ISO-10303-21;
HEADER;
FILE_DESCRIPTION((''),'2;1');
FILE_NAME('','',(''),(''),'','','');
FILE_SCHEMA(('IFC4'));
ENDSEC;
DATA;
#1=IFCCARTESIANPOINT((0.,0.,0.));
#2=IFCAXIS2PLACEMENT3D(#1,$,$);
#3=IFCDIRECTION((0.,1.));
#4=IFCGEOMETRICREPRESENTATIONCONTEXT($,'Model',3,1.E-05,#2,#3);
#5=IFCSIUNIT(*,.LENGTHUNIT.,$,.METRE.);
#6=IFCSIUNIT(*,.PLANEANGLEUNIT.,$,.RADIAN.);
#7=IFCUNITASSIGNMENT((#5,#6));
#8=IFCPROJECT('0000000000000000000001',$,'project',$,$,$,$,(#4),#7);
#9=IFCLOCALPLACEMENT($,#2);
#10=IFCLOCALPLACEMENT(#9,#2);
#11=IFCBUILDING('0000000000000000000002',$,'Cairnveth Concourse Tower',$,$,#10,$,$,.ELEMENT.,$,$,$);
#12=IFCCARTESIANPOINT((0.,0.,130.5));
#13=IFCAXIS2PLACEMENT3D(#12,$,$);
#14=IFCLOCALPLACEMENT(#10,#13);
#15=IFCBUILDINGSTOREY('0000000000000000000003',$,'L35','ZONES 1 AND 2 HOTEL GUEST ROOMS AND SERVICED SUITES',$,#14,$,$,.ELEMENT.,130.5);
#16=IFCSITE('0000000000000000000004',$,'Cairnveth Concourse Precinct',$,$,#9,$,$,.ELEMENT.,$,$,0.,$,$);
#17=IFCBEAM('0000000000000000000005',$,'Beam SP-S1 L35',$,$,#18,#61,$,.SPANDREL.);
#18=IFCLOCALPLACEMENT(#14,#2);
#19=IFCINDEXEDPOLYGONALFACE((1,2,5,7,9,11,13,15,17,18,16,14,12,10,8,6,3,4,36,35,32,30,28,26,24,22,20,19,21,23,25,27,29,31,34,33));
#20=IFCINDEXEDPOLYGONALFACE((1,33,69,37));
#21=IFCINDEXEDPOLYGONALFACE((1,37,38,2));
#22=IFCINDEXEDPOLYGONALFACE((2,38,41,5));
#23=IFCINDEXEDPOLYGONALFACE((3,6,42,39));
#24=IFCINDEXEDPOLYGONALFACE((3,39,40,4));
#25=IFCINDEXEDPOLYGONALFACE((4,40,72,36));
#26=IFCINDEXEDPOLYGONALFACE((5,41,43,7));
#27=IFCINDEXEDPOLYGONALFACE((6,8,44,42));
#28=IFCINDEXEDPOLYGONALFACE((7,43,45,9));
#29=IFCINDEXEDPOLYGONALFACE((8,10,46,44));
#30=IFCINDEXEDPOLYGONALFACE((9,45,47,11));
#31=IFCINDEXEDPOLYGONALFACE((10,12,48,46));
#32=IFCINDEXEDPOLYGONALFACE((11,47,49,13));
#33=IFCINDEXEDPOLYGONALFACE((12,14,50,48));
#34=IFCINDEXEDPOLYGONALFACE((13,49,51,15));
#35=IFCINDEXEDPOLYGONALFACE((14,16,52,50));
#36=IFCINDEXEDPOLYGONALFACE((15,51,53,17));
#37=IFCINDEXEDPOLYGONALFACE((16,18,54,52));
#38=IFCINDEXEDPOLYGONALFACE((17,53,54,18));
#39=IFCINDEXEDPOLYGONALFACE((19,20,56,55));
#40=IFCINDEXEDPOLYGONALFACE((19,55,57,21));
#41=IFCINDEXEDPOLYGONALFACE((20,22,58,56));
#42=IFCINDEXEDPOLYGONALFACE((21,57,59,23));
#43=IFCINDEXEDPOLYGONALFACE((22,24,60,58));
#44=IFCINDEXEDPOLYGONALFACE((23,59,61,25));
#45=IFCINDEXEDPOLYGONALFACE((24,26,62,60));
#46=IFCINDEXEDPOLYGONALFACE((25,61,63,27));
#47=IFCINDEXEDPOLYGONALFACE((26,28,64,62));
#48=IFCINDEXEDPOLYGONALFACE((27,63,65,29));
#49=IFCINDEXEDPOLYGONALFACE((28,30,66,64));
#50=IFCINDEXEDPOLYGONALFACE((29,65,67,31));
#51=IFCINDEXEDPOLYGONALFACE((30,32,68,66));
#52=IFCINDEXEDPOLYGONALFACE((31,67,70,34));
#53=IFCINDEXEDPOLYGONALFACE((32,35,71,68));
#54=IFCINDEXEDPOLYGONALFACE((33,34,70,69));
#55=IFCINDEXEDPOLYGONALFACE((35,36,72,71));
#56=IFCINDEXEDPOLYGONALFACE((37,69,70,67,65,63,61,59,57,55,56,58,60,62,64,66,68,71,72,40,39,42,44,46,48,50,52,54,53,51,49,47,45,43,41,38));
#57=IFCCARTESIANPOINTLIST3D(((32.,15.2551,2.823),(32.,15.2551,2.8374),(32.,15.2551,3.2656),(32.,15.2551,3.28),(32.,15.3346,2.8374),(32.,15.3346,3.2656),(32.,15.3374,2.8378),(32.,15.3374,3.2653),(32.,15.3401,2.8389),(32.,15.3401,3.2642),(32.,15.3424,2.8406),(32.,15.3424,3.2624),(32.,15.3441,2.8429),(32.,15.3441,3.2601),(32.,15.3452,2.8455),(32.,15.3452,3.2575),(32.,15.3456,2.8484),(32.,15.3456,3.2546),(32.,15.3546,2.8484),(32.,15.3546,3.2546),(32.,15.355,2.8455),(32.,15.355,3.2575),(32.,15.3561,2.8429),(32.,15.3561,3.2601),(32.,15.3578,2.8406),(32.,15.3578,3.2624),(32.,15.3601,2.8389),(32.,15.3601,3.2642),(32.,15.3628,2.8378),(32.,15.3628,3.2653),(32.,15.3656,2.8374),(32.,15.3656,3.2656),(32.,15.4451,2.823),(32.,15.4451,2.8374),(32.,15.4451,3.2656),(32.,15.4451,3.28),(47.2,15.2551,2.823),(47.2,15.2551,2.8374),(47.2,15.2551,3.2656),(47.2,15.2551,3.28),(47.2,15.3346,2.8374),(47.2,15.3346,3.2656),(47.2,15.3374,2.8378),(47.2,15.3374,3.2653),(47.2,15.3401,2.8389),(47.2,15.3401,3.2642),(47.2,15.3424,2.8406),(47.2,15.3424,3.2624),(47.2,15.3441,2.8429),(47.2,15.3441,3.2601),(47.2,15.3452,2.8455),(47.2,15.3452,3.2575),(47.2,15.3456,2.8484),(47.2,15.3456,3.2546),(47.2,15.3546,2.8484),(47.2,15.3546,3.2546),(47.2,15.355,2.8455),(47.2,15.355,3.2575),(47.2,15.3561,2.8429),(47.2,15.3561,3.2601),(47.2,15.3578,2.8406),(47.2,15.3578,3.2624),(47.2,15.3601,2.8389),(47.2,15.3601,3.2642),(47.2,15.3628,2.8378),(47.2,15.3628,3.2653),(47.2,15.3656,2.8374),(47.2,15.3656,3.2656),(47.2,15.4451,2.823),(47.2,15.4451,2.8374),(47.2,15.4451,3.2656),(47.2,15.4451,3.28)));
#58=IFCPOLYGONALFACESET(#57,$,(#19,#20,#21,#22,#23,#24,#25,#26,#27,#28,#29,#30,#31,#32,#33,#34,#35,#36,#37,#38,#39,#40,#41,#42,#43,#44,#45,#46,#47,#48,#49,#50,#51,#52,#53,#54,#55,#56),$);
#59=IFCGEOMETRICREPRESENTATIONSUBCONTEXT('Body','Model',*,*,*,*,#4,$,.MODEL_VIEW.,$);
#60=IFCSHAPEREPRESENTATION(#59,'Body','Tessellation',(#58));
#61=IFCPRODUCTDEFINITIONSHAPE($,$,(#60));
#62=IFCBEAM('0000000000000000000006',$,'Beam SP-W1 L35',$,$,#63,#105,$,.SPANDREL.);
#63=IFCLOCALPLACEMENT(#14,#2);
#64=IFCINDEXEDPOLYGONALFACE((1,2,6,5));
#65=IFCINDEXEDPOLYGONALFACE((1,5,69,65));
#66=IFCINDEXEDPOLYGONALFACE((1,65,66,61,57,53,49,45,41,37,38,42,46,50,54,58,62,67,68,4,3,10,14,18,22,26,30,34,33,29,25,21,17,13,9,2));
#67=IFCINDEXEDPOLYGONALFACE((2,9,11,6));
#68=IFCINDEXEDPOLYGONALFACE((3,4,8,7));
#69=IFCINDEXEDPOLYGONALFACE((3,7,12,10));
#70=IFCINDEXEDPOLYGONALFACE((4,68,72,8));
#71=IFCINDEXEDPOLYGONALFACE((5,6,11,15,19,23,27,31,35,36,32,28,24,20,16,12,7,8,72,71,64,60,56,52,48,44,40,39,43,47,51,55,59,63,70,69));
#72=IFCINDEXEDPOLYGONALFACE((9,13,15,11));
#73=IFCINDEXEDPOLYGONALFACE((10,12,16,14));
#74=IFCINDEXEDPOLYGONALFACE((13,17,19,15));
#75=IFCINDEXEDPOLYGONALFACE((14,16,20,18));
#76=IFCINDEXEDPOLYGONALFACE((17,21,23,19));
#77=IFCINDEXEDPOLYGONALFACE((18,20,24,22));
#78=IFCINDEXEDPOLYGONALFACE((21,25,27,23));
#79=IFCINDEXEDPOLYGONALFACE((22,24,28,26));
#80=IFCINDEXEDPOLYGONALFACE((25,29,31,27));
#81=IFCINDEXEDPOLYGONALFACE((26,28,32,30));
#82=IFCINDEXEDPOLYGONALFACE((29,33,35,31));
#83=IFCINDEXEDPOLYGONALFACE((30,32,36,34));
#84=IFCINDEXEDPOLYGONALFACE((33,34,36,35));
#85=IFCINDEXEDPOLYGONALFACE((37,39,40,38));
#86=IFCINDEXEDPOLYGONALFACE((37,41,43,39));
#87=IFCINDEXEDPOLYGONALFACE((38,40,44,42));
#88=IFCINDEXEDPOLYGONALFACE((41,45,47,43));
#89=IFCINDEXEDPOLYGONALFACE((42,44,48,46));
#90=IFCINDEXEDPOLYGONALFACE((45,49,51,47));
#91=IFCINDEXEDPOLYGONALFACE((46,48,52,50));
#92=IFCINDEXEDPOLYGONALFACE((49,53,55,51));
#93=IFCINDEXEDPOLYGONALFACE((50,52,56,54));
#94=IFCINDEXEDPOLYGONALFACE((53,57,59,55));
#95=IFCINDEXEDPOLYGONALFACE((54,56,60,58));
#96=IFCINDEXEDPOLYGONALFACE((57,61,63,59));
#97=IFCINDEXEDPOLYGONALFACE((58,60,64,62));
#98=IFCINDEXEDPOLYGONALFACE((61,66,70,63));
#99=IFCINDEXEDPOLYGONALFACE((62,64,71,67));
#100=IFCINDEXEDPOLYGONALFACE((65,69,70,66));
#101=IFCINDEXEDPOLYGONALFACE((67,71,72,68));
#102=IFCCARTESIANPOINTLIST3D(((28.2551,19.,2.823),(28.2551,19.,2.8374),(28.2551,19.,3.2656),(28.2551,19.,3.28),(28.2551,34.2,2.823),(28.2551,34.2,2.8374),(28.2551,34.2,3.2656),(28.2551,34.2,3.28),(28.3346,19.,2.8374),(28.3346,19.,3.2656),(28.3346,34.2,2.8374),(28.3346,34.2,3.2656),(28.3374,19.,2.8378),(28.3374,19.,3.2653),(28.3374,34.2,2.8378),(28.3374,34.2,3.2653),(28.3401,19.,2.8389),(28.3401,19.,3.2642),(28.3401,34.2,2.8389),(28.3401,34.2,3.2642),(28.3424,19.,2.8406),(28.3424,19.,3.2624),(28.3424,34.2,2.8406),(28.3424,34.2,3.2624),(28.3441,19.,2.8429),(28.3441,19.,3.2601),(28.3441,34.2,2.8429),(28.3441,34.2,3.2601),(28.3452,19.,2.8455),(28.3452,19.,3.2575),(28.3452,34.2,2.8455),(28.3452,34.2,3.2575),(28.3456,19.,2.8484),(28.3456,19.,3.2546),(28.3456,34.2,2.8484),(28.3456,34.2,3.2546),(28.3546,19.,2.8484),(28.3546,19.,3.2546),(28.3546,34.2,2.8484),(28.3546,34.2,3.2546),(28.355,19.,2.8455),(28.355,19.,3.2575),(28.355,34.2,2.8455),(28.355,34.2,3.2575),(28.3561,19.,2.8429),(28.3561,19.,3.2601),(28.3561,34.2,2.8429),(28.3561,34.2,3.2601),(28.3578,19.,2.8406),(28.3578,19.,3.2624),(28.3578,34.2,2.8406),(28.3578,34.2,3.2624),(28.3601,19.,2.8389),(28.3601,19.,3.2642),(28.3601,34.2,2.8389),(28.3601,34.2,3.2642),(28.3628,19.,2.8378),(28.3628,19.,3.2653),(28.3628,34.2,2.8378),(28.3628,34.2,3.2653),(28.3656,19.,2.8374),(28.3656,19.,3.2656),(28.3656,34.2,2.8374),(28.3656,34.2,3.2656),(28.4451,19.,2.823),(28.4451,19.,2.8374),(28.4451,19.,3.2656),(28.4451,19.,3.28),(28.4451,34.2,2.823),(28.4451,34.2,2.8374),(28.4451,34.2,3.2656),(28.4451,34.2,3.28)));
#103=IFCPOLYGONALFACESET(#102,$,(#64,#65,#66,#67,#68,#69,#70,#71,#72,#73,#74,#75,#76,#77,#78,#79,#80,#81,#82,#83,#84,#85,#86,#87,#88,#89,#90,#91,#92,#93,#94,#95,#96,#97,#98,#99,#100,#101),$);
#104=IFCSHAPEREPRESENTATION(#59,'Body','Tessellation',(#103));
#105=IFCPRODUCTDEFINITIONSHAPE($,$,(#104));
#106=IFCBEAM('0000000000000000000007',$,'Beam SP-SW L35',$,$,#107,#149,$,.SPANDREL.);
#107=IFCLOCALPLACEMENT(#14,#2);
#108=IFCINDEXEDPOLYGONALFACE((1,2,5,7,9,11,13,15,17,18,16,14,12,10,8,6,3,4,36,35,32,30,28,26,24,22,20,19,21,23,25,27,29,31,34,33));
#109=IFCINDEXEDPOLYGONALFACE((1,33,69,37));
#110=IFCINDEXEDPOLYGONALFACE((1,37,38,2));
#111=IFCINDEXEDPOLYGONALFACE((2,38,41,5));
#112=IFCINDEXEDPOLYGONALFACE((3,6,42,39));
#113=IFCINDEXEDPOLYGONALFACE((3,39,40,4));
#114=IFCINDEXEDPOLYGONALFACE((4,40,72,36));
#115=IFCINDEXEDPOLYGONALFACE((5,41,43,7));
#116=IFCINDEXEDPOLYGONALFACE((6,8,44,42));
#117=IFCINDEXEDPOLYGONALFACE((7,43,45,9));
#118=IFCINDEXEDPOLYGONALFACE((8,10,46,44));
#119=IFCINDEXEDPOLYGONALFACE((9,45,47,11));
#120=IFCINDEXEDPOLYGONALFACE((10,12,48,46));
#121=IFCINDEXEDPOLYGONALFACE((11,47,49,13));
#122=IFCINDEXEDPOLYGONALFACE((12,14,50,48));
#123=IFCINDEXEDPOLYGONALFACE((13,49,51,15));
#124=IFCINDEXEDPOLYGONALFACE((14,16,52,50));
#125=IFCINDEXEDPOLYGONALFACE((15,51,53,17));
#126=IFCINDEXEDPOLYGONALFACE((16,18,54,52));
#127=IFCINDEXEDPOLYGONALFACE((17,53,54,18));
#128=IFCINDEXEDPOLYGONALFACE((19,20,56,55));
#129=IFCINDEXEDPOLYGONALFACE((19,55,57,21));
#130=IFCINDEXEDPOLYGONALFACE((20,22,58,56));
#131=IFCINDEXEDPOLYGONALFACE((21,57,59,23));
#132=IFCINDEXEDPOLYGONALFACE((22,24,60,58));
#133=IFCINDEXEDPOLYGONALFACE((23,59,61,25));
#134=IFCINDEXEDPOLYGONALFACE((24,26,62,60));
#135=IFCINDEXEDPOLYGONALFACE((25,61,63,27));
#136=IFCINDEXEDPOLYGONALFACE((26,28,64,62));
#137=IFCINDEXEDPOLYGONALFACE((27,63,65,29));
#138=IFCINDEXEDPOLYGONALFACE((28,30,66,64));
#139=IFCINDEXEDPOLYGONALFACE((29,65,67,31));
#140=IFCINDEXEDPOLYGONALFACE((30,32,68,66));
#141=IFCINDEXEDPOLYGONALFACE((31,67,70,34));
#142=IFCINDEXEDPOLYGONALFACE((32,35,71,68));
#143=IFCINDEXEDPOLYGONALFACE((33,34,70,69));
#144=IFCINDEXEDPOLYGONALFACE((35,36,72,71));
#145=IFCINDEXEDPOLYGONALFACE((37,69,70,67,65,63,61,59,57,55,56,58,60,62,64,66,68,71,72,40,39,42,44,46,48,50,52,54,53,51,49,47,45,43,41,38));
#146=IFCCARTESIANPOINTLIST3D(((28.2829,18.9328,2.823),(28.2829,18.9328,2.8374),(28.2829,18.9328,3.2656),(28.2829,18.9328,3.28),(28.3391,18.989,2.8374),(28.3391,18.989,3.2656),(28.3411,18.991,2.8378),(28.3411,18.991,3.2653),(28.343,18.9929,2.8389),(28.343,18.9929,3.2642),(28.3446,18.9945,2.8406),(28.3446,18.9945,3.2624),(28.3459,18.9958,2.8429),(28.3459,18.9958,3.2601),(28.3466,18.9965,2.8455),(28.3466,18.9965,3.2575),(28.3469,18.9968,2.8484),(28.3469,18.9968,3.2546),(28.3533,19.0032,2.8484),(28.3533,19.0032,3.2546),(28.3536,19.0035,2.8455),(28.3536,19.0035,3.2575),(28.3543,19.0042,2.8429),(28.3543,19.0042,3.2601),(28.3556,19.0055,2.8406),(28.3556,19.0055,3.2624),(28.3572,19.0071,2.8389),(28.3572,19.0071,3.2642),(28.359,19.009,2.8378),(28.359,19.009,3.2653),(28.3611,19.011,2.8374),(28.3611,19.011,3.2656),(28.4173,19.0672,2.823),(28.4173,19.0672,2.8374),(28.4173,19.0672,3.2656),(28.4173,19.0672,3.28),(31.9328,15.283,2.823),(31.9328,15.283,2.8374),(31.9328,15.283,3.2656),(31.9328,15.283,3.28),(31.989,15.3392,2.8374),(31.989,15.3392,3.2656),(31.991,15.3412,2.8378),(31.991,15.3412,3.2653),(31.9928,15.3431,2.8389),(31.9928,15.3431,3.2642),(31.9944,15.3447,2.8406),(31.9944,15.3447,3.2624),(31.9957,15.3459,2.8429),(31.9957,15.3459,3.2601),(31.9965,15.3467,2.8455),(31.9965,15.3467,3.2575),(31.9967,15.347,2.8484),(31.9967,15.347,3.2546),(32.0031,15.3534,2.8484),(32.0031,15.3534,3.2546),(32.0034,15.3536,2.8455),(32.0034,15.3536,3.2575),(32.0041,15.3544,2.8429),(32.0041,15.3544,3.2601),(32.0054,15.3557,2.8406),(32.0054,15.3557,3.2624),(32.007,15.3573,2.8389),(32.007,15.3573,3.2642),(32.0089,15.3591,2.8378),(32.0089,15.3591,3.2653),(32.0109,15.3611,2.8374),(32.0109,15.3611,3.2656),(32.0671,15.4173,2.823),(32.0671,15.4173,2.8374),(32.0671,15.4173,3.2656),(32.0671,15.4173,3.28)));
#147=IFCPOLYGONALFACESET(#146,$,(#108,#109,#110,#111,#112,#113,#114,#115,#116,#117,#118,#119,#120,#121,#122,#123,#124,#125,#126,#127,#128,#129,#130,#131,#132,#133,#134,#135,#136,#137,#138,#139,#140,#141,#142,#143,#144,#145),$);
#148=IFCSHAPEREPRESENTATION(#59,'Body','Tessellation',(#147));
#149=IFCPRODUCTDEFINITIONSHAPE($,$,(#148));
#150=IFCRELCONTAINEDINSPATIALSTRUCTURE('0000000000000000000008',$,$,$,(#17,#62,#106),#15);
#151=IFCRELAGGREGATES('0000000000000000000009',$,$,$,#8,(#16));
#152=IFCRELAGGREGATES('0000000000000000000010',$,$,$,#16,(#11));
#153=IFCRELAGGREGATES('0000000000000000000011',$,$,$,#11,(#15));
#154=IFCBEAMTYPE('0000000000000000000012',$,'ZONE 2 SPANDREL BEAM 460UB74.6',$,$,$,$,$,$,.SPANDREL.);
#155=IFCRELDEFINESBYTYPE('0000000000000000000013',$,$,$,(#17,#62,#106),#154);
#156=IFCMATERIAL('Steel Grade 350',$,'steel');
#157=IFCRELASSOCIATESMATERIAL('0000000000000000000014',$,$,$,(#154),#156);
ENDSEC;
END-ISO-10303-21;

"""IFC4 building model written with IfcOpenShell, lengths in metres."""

from ifc_helpers import new_model, si_unit, direction, frame, origin, origin_2d, place, context, subcontext, project, spatial, i_section, extrude, material, material_profile, profile_set, type_object, element, save


model = new_model("IFC4")

# Units and contexts
model_context = context("Model", 3, precision=1e-05, world=origin(), true_north=direction((0.0, 1.0)))
body_context = subcontext(model_context, "Body", "Model", "MODEL_VIEW")
ifc_project = project(units=[si_unit("LENGTHUNIT", "METRE"), si_unit("PLANEANGLEUNIT", "RADIAN")], contexts=[model_context])

# Site, building, storey
site_placement = place(None, origin())
site = spatial("IfcSite", under=ifc_project, at=site_placement, Name="Cairnveth Concourse Precinct", CompositionType="ELEMENT", RefElevation=0.0)
building_placement = place(site_placement, origin())
building = spatial("IfcBuilding", under=site, at=building_placement, Name="Cairnveth Concourse Tower", CompositionType="ELEMENT")
storey_placement = place(building_placement, frame((0.0, 0.0, 130.5)))
storey = spatial("IfcBuildingStorey", under=building, at=storey_placement, Name="L35", Description="ZONES 1 AND 2 HOTEL GUEST ROOMS AND SERVICED SUITES", CompositionType="ELEMENT", Elevation=130.5)

# Shared definitions
ifc_material_1 = material(Name="Steel Grade 350", Category="steel")

# Beams
ifc_material_profile_1 = material_profile(ifc_material_1, i_section(OverallWidth=0.1899, OverallDepth=0.457, WebThickness=0.009, FlangeThickness=0.0144, FilletRadius=0.011, at=origin_2d()), Name="460UB74.6")
ifc_profile_set_1 = profile_set([ifc_material_profile_1], Name="Steel Grade 350")
beam_type_1 = type_object("IfcBeamType", Name="ZONE 2 SPANDREL BEAM 460UB74.6", PredefinedType="SPANDREL", material=ifc_profile_set_1)
for number, where, z_axis, x_axis, name in (
    (1, (32.0, 15.3501, 3.0515), (1.0, 0.0, 0.0), (0.0, 1.0, 0.0), "Beam SP-S1 L35"),
    (2, (28.3501, 19.0, 3.0515), (0.0, 1.0, 0.0), (-1.0, 0.0, 0.0), "Beam SP-W1 L35"),
):
    element("IfcBeam", number, at=place(storey_placement, frame(where, z_axis=z_axis, x_axis=x_axis)), inside=storey, type_object=beam_type_1, Name=name, PredefinedType="SPANDREL", context=body_context, shape_type="SweptSolid", body=[
        extrude(i_section(OverallWidth=0.1899, OverallDepth=0.457, WebThickness=0.009, FlangeThickness=0.0144, FilletRadius=0.011, at=origin_2d()), origin(), (0.0, 0.0, 1.0), 15.2),
    ])
beam_1_placement = place(storey_placement, frame((28.3501, 19.0, 3.0515), z_axis=(0.707107, -0.707107, 0.0), x_axis=(0.707107, 0.707107, 0.0)))
element("IfcBeam", 3, at=beam_1_placement, inside=storey, type_object=beam_type_1, Name="Beam SP-SW L35", PredefinedType="SPANDREL", context=body_context, shape_type="SweptSolid", body=[
    extrude(i_section(OverallWidth=0.1899, OverallDepth=0.457, WebThickness=0.009, FlangeThickness=0.0144, FilletRadius=0.011, at=origin_2d()), origin(), (0.0, 0.0, 1.0), 5.1616),
])

save(model, "model.ifc")
